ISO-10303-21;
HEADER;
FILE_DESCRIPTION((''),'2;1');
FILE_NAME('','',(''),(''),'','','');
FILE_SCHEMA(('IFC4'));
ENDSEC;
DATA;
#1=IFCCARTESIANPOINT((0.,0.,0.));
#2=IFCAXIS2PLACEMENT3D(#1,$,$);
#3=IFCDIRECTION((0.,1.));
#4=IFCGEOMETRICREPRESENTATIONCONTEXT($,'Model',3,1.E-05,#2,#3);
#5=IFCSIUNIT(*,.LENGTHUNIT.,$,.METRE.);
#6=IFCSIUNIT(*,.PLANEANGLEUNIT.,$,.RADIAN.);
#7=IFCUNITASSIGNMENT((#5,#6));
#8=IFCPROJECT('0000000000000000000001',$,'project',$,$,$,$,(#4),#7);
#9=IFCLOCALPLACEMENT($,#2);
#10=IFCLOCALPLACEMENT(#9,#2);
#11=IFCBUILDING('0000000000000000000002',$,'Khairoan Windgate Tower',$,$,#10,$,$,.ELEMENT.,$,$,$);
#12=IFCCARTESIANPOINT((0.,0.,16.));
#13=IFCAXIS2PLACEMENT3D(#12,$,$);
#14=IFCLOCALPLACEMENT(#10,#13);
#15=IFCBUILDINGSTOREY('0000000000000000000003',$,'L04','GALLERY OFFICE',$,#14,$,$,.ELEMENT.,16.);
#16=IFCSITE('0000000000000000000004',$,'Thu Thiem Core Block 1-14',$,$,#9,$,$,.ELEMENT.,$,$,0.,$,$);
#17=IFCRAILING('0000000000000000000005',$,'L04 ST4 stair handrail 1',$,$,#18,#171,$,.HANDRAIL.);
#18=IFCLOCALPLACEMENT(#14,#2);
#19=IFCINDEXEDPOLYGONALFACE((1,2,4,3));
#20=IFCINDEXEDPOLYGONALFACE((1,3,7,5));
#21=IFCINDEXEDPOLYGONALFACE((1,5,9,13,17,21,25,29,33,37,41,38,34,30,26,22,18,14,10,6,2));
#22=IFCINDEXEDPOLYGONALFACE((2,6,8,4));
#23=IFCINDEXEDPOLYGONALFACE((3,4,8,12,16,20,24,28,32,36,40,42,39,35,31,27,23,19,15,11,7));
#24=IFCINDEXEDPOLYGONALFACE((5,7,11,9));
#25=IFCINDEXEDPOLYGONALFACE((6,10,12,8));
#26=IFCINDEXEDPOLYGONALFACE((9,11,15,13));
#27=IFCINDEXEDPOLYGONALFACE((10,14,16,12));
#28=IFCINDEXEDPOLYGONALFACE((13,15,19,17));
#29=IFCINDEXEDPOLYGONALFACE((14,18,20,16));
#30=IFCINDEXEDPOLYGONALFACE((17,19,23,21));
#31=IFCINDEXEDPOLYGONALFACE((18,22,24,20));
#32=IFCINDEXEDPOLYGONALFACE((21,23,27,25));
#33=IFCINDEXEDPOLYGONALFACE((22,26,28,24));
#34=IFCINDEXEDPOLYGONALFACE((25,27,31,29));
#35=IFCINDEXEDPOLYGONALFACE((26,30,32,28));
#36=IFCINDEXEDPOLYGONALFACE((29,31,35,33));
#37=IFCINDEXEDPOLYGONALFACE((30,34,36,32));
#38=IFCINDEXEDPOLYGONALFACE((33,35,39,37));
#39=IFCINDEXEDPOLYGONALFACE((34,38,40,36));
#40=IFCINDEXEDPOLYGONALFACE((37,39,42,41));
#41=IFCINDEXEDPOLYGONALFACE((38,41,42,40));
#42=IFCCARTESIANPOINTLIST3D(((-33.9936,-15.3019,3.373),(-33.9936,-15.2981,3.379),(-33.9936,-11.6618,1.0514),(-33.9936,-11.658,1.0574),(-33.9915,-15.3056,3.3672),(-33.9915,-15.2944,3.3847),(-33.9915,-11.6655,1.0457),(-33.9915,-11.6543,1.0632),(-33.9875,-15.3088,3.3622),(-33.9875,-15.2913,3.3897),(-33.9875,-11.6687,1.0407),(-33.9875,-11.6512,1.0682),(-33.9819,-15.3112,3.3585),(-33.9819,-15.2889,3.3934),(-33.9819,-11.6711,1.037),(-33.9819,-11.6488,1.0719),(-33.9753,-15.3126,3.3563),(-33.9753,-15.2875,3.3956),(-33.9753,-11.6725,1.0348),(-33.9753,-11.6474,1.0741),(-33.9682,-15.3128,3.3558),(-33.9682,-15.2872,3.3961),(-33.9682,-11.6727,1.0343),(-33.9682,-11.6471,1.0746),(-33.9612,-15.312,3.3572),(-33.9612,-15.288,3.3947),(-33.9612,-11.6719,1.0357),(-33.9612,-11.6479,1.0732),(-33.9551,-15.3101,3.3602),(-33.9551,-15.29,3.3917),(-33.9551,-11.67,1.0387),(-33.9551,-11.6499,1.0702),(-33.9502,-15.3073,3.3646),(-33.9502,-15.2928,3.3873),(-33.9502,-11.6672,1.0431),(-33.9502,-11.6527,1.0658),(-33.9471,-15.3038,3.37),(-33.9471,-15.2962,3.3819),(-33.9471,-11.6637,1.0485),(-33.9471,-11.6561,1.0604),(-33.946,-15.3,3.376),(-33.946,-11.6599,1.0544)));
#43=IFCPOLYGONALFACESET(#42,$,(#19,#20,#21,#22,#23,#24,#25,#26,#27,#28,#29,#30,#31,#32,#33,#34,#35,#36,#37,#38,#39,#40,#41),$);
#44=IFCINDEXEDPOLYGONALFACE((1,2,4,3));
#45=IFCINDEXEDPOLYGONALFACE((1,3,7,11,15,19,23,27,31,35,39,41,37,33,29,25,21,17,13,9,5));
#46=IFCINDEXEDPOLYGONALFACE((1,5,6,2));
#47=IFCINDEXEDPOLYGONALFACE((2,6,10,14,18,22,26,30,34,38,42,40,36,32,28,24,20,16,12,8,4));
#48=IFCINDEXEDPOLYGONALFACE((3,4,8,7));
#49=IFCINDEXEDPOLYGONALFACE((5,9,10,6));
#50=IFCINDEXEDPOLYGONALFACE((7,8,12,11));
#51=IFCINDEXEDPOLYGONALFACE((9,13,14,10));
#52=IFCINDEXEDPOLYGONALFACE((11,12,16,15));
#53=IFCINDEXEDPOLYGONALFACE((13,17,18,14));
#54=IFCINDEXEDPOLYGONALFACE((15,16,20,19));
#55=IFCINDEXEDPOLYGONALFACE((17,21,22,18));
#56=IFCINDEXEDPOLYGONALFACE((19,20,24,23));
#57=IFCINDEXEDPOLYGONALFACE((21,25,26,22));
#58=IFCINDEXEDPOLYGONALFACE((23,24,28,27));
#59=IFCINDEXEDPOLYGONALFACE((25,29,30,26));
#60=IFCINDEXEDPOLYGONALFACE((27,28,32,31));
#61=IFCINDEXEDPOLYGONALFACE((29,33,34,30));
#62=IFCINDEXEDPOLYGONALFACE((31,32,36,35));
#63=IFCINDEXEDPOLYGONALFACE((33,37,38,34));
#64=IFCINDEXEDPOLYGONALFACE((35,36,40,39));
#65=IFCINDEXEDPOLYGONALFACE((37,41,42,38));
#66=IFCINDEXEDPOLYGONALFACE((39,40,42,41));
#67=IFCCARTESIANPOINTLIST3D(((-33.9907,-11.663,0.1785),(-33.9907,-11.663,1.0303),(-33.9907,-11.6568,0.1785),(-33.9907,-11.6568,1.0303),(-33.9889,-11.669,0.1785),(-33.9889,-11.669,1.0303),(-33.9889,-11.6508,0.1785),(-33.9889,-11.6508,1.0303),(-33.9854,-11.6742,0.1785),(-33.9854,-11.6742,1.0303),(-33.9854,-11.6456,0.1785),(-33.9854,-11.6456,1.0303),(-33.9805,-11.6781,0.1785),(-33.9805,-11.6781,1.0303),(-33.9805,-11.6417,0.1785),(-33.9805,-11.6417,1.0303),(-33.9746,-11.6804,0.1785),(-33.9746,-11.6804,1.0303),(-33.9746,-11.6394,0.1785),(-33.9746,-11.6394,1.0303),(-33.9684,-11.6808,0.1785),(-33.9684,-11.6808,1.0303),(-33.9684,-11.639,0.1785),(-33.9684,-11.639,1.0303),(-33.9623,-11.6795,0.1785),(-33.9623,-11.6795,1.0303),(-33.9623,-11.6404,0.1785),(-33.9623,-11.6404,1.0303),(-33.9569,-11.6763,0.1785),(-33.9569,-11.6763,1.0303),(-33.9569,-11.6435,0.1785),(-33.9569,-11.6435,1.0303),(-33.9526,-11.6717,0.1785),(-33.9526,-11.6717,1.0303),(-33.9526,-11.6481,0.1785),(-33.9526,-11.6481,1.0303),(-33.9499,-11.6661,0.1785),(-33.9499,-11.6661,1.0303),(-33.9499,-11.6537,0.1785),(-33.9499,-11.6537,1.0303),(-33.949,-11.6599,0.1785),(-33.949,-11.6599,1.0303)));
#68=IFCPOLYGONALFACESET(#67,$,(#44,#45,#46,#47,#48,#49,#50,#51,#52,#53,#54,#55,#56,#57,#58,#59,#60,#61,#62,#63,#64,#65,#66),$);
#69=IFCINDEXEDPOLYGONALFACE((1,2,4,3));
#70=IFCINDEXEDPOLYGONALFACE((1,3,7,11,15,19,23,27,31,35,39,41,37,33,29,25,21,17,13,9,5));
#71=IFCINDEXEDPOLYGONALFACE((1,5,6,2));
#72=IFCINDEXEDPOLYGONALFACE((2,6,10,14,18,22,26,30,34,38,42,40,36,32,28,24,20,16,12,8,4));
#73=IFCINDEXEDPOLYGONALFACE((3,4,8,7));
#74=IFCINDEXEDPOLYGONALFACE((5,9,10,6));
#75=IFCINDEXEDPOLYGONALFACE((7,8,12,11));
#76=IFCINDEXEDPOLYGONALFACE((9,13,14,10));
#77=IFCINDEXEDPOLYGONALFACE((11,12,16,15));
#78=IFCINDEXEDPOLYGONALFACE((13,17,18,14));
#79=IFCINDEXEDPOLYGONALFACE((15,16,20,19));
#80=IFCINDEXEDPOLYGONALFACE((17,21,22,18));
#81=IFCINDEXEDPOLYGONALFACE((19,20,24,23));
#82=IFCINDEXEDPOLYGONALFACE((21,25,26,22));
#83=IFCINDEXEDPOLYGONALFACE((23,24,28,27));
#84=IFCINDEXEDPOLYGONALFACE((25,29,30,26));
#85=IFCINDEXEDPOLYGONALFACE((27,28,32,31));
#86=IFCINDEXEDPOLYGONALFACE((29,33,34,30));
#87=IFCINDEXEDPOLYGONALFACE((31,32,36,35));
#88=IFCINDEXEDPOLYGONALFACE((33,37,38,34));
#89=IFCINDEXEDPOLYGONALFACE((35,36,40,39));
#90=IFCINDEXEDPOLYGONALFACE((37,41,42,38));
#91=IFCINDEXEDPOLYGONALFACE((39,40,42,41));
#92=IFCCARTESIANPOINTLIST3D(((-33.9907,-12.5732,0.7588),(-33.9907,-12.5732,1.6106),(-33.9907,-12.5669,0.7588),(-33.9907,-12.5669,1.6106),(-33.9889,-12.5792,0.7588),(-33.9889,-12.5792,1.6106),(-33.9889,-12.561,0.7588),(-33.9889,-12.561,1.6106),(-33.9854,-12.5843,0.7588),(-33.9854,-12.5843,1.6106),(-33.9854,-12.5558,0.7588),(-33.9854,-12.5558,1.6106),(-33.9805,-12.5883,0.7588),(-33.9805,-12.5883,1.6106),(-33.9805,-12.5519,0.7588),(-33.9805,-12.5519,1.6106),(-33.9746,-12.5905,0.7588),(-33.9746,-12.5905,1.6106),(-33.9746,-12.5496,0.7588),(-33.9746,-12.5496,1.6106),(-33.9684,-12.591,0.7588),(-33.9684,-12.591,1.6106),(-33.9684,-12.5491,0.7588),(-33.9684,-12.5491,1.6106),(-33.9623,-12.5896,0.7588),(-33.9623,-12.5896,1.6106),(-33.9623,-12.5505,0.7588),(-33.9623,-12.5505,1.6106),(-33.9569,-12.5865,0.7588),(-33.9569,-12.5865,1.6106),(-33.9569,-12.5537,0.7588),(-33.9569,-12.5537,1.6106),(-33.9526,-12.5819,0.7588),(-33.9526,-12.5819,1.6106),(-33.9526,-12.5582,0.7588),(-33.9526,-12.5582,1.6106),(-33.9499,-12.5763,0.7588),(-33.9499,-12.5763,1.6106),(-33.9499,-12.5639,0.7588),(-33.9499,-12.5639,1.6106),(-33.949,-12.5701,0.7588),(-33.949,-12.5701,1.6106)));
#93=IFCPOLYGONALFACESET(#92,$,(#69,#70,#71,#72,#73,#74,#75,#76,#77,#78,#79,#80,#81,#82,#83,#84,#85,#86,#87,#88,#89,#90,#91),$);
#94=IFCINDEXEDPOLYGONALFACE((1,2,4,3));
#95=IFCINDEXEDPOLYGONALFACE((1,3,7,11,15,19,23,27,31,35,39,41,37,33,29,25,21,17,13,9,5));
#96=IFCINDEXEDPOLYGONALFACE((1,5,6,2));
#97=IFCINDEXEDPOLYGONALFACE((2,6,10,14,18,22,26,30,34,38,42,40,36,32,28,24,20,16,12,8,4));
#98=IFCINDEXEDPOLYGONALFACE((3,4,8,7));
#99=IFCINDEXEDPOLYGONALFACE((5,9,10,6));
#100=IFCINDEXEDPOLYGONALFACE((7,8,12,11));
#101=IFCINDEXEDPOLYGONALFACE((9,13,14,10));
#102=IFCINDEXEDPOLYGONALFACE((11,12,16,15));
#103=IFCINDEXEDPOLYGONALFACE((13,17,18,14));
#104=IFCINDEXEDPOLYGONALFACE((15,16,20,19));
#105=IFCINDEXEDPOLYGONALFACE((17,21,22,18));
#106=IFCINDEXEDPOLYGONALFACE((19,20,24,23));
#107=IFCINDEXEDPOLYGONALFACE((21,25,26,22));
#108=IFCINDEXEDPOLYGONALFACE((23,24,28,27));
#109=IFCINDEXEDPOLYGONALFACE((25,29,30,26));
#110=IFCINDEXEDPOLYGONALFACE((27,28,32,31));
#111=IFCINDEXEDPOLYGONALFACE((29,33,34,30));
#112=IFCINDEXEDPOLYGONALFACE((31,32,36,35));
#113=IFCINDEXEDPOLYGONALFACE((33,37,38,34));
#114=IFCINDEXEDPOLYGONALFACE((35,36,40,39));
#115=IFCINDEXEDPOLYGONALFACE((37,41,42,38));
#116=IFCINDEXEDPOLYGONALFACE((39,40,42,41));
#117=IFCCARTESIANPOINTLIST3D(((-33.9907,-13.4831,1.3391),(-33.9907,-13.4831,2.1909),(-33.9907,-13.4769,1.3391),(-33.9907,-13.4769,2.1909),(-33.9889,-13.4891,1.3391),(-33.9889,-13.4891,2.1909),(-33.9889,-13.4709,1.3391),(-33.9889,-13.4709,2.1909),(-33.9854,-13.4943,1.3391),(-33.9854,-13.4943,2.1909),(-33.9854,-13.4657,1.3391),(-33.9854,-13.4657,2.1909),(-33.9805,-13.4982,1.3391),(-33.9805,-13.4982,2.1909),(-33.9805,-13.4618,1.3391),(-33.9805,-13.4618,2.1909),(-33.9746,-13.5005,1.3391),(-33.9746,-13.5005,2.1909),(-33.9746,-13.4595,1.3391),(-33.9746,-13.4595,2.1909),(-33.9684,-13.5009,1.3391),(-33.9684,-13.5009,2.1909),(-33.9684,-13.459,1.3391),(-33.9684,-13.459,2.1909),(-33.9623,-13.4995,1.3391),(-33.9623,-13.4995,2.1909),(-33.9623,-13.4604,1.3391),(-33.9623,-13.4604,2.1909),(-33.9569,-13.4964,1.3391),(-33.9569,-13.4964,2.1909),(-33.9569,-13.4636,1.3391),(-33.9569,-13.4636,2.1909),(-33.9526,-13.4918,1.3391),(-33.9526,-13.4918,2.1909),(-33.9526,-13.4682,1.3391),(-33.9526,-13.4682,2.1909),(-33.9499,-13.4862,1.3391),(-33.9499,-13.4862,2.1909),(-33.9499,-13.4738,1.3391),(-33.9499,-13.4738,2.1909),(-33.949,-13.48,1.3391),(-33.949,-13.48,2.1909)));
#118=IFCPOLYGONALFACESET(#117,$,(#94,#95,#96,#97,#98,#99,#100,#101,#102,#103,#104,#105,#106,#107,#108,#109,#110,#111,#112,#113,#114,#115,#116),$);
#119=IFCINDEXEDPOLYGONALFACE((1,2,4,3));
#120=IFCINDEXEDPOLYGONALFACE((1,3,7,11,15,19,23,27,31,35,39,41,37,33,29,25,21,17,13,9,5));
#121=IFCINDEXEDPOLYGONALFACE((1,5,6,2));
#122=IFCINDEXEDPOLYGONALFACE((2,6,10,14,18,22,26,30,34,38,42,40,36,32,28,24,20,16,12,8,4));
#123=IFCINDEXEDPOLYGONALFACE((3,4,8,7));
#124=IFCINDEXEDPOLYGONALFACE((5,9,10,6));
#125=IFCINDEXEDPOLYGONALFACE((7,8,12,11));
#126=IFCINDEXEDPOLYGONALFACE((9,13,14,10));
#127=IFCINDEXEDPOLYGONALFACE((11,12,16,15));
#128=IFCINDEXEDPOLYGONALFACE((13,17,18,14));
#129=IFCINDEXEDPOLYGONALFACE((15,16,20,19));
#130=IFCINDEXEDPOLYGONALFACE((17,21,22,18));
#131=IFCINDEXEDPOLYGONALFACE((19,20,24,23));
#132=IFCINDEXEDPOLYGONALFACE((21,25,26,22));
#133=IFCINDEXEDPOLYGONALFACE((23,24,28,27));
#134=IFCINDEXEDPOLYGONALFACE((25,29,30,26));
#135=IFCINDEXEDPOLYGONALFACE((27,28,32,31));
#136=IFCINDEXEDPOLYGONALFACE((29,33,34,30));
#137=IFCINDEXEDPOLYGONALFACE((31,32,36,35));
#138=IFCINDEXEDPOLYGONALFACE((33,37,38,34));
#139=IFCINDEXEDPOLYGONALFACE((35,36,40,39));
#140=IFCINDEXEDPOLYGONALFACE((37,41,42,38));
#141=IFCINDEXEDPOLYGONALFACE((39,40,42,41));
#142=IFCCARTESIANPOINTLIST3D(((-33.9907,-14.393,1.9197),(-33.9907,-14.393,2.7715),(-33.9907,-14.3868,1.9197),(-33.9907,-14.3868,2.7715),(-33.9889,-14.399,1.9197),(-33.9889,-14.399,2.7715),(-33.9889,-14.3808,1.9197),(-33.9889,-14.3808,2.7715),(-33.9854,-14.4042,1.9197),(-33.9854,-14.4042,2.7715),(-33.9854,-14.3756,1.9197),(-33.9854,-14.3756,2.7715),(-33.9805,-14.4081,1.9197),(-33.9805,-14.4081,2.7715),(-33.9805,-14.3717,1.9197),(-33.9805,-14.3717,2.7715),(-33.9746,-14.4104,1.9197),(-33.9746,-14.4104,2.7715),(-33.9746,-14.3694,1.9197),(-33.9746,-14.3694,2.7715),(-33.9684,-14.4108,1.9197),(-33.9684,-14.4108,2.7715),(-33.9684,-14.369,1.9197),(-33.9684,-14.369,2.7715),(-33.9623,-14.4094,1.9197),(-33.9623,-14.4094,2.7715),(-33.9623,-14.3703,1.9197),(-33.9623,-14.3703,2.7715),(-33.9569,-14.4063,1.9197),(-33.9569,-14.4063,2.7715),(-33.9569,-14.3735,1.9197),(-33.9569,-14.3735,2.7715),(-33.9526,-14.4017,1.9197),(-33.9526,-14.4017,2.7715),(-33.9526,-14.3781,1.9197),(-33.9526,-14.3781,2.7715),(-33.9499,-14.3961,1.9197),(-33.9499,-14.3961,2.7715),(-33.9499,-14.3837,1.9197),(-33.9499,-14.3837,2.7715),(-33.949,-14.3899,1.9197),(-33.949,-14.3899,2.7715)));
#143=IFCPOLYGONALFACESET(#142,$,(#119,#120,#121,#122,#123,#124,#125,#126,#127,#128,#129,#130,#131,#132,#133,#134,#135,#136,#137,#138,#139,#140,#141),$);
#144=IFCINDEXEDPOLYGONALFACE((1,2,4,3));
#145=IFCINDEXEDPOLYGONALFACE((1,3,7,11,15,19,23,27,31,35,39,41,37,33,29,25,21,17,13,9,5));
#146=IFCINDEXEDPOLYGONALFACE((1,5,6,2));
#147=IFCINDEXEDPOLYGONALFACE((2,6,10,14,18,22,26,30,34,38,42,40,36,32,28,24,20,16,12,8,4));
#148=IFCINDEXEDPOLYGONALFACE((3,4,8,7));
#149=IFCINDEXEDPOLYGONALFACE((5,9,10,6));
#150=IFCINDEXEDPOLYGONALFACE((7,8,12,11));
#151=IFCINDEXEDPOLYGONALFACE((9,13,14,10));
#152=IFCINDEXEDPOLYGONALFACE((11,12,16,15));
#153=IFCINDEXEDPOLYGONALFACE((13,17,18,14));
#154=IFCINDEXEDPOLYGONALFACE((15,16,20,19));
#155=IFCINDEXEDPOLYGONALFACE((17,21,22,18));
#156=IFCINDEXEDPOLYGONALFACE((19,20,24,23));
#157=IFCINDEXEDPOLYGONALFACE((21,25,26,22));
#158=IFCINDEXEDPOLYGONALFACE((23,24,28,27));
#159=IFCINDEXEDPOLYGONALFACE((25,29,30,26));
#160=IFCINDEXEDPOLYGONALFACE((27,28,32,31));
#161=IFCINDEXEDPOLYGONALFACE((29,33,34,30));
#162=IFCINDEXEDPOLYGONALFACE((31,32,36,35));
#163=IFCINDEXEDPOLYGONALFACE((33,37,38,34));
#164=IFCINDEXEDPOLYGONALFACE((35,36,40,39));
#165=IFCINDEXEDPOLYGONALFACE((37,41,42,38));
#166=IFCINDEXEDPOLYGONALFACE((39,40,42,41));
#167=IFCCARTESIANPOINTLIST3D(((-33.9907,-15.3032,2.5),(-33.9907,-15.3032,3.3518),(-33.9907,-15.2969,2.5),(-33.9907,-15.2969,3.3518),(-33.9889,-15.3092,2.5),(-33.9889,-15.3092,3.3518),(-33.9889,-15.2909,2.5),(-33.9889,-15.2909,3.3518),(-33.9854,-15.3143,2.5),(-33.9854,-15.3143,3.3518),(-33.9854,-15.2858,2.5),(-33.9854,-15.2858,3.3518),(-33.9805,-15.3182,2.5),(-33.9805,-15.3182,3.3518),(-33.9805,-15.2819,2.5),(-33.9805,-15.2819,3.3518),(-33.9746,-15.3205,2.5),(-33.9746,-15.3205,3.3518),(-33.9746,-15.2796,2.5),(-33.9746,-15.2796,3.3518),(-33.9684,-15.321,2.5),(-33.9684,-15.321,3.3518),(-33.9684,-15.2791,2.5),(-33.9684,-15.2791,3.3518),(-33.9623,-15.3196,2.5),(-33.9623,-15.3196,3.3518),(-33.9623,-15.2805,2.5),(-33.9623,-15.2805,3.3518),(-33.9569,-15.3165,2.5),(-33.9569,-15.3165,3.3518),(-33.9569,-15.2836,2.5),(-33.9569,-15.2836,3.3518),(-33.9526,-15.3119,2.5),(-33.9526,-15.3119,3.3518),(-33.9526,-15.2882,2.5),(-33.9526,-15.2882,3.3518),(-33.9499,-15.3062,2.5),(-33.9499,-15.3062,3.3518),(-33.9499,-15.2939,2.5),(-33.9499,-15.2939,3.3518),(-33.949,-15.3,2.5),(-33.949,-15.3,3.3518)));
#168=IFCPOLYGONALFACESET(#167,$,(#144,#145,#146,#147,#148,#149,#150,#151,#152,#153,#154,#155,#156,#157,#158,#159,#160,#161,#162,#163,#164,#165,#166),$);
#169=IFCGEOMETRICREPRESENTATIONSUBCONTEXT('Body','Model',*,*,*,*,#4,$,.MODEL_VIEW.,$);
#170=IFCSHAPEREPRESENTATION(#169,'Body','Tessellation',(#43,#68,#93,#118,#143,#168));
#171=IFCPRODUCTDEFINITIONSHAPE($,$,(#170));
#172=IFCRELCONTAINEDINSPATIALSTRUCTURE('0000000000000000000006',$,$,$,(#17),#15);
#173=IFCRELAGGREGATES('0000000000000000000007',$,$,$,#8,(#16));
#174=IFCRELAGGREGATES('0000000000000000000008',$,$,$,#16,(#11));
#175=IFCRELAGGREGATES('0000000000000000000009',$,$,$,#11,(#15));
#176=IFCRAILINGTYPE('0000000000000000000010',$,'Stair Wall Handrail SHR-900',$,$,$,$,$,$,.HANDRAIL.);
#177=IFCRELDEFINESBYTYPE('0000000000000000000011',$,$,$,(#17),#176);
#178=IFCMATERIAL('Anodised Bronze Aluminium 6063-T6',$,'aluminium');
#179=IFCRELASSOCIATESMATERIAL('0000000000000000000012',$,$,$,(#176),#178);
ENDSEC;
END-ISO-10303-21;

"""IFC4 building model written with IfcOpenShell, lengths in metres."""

from ifc_helpers import new_model, si_unit, direction, frame, origin, origin_2d, place, context, subcontext, project, spatial, circle, extrude, material, type_object, element, save


model = new_model("IFC4")

# Units and contexts
model_context = context("Model", 3, precision=1e-05, world=origin(), true_north=direction((0.0, 1.0)))
body_context = subcontext(model_context, "Body", "Model", "MODEL_VIEW")
ifc_project = project(units=[si_unit("LENGTHUNIT", "METRE"), si_unit("PLANEANGLEUNIT", "RADIAN")], contexts=[model_context])

# Site, building, storey
site_placement = place(None, origin())
site = spatial("IfcSite", under=ifc_project, at=site_placement, Name="Thu Thiem Core Block 1-14", CompositionType="ELEMENT", RefElevation=0.0)
building_placement = place(site_placement, origin())
building = spatial("IfcBuilding", under=site, at=building_placement, Name="Khairoan Windgate Tower", CompositionType="ELEMENT")
storey_placement = place(building_placement, frame((0.0, 0.0, 16.0)))
storey = spatial("IfcBuildingStorey", under=building, at=storey_placement, Name="L04", Description="GALLERY OFFICE", CompositionType="ELEMENT", Elevation=16.0)

# Railing
ifc_material_1 = material(Name="Anodised Bronze Aluminium 6063-T6", Category="aluminium")
railing_type_1 = type_object("IfcRailingType", Name="Stair Wall Handrail SHR-900", PredefinedType="HANDRAIL", material=ifc_material_1)
railing_1_placement = place(storey_placement, frame((-33.97, -11.6599, 0.1785)))
element("IfcRailing", 1, at=railing_1_placement, inside=storey, type_object=railing_type_1, Name="L04 ST4 stair handrail 1", PredefinedType="HANDRAIL", context=body_context, shape_type="SweptSolid", body=[
    extrude(circle(Radius=0.0239, at=origin_2d()), frame((0.0, 0.0, 0.876), z_axis=(0.0, -0.843128, 0.537713), x_axis=(1.0, 0.0, 0.0)), (0.0, 0.0, 1.0), 4.3174),
    extrude(circle(Radius=0.021, at=origin_2d()), origin(), (0.0, 0.0, 1.0), 0.8518),
    extrude(circle(Radius=0.021, at=origin_2d()), frame((0.0, -0.9102, 0.5803)), (0.0, 0.0, 1.0), 0.8518),
    extrude(circle(Radius=0.021, at=origin_2d()), frame((0.0, -1.8201, 1.1606)), (0.0, 0.0, 1.0), 0.8518),
    extrude(circle(Radius=0.021, at=origin_2d()), frame((0.0, -2.73, 1.7412)), (0.0, 0.0, 1.0), 0.8518),
    extrude(circle(Radius=0.021, at=origin_2d()), frame((0.0, -3.6401, 2.3215)), (0.0, 0.0, 1.0), 0.8518),
])

save(model, "model.ifc")
